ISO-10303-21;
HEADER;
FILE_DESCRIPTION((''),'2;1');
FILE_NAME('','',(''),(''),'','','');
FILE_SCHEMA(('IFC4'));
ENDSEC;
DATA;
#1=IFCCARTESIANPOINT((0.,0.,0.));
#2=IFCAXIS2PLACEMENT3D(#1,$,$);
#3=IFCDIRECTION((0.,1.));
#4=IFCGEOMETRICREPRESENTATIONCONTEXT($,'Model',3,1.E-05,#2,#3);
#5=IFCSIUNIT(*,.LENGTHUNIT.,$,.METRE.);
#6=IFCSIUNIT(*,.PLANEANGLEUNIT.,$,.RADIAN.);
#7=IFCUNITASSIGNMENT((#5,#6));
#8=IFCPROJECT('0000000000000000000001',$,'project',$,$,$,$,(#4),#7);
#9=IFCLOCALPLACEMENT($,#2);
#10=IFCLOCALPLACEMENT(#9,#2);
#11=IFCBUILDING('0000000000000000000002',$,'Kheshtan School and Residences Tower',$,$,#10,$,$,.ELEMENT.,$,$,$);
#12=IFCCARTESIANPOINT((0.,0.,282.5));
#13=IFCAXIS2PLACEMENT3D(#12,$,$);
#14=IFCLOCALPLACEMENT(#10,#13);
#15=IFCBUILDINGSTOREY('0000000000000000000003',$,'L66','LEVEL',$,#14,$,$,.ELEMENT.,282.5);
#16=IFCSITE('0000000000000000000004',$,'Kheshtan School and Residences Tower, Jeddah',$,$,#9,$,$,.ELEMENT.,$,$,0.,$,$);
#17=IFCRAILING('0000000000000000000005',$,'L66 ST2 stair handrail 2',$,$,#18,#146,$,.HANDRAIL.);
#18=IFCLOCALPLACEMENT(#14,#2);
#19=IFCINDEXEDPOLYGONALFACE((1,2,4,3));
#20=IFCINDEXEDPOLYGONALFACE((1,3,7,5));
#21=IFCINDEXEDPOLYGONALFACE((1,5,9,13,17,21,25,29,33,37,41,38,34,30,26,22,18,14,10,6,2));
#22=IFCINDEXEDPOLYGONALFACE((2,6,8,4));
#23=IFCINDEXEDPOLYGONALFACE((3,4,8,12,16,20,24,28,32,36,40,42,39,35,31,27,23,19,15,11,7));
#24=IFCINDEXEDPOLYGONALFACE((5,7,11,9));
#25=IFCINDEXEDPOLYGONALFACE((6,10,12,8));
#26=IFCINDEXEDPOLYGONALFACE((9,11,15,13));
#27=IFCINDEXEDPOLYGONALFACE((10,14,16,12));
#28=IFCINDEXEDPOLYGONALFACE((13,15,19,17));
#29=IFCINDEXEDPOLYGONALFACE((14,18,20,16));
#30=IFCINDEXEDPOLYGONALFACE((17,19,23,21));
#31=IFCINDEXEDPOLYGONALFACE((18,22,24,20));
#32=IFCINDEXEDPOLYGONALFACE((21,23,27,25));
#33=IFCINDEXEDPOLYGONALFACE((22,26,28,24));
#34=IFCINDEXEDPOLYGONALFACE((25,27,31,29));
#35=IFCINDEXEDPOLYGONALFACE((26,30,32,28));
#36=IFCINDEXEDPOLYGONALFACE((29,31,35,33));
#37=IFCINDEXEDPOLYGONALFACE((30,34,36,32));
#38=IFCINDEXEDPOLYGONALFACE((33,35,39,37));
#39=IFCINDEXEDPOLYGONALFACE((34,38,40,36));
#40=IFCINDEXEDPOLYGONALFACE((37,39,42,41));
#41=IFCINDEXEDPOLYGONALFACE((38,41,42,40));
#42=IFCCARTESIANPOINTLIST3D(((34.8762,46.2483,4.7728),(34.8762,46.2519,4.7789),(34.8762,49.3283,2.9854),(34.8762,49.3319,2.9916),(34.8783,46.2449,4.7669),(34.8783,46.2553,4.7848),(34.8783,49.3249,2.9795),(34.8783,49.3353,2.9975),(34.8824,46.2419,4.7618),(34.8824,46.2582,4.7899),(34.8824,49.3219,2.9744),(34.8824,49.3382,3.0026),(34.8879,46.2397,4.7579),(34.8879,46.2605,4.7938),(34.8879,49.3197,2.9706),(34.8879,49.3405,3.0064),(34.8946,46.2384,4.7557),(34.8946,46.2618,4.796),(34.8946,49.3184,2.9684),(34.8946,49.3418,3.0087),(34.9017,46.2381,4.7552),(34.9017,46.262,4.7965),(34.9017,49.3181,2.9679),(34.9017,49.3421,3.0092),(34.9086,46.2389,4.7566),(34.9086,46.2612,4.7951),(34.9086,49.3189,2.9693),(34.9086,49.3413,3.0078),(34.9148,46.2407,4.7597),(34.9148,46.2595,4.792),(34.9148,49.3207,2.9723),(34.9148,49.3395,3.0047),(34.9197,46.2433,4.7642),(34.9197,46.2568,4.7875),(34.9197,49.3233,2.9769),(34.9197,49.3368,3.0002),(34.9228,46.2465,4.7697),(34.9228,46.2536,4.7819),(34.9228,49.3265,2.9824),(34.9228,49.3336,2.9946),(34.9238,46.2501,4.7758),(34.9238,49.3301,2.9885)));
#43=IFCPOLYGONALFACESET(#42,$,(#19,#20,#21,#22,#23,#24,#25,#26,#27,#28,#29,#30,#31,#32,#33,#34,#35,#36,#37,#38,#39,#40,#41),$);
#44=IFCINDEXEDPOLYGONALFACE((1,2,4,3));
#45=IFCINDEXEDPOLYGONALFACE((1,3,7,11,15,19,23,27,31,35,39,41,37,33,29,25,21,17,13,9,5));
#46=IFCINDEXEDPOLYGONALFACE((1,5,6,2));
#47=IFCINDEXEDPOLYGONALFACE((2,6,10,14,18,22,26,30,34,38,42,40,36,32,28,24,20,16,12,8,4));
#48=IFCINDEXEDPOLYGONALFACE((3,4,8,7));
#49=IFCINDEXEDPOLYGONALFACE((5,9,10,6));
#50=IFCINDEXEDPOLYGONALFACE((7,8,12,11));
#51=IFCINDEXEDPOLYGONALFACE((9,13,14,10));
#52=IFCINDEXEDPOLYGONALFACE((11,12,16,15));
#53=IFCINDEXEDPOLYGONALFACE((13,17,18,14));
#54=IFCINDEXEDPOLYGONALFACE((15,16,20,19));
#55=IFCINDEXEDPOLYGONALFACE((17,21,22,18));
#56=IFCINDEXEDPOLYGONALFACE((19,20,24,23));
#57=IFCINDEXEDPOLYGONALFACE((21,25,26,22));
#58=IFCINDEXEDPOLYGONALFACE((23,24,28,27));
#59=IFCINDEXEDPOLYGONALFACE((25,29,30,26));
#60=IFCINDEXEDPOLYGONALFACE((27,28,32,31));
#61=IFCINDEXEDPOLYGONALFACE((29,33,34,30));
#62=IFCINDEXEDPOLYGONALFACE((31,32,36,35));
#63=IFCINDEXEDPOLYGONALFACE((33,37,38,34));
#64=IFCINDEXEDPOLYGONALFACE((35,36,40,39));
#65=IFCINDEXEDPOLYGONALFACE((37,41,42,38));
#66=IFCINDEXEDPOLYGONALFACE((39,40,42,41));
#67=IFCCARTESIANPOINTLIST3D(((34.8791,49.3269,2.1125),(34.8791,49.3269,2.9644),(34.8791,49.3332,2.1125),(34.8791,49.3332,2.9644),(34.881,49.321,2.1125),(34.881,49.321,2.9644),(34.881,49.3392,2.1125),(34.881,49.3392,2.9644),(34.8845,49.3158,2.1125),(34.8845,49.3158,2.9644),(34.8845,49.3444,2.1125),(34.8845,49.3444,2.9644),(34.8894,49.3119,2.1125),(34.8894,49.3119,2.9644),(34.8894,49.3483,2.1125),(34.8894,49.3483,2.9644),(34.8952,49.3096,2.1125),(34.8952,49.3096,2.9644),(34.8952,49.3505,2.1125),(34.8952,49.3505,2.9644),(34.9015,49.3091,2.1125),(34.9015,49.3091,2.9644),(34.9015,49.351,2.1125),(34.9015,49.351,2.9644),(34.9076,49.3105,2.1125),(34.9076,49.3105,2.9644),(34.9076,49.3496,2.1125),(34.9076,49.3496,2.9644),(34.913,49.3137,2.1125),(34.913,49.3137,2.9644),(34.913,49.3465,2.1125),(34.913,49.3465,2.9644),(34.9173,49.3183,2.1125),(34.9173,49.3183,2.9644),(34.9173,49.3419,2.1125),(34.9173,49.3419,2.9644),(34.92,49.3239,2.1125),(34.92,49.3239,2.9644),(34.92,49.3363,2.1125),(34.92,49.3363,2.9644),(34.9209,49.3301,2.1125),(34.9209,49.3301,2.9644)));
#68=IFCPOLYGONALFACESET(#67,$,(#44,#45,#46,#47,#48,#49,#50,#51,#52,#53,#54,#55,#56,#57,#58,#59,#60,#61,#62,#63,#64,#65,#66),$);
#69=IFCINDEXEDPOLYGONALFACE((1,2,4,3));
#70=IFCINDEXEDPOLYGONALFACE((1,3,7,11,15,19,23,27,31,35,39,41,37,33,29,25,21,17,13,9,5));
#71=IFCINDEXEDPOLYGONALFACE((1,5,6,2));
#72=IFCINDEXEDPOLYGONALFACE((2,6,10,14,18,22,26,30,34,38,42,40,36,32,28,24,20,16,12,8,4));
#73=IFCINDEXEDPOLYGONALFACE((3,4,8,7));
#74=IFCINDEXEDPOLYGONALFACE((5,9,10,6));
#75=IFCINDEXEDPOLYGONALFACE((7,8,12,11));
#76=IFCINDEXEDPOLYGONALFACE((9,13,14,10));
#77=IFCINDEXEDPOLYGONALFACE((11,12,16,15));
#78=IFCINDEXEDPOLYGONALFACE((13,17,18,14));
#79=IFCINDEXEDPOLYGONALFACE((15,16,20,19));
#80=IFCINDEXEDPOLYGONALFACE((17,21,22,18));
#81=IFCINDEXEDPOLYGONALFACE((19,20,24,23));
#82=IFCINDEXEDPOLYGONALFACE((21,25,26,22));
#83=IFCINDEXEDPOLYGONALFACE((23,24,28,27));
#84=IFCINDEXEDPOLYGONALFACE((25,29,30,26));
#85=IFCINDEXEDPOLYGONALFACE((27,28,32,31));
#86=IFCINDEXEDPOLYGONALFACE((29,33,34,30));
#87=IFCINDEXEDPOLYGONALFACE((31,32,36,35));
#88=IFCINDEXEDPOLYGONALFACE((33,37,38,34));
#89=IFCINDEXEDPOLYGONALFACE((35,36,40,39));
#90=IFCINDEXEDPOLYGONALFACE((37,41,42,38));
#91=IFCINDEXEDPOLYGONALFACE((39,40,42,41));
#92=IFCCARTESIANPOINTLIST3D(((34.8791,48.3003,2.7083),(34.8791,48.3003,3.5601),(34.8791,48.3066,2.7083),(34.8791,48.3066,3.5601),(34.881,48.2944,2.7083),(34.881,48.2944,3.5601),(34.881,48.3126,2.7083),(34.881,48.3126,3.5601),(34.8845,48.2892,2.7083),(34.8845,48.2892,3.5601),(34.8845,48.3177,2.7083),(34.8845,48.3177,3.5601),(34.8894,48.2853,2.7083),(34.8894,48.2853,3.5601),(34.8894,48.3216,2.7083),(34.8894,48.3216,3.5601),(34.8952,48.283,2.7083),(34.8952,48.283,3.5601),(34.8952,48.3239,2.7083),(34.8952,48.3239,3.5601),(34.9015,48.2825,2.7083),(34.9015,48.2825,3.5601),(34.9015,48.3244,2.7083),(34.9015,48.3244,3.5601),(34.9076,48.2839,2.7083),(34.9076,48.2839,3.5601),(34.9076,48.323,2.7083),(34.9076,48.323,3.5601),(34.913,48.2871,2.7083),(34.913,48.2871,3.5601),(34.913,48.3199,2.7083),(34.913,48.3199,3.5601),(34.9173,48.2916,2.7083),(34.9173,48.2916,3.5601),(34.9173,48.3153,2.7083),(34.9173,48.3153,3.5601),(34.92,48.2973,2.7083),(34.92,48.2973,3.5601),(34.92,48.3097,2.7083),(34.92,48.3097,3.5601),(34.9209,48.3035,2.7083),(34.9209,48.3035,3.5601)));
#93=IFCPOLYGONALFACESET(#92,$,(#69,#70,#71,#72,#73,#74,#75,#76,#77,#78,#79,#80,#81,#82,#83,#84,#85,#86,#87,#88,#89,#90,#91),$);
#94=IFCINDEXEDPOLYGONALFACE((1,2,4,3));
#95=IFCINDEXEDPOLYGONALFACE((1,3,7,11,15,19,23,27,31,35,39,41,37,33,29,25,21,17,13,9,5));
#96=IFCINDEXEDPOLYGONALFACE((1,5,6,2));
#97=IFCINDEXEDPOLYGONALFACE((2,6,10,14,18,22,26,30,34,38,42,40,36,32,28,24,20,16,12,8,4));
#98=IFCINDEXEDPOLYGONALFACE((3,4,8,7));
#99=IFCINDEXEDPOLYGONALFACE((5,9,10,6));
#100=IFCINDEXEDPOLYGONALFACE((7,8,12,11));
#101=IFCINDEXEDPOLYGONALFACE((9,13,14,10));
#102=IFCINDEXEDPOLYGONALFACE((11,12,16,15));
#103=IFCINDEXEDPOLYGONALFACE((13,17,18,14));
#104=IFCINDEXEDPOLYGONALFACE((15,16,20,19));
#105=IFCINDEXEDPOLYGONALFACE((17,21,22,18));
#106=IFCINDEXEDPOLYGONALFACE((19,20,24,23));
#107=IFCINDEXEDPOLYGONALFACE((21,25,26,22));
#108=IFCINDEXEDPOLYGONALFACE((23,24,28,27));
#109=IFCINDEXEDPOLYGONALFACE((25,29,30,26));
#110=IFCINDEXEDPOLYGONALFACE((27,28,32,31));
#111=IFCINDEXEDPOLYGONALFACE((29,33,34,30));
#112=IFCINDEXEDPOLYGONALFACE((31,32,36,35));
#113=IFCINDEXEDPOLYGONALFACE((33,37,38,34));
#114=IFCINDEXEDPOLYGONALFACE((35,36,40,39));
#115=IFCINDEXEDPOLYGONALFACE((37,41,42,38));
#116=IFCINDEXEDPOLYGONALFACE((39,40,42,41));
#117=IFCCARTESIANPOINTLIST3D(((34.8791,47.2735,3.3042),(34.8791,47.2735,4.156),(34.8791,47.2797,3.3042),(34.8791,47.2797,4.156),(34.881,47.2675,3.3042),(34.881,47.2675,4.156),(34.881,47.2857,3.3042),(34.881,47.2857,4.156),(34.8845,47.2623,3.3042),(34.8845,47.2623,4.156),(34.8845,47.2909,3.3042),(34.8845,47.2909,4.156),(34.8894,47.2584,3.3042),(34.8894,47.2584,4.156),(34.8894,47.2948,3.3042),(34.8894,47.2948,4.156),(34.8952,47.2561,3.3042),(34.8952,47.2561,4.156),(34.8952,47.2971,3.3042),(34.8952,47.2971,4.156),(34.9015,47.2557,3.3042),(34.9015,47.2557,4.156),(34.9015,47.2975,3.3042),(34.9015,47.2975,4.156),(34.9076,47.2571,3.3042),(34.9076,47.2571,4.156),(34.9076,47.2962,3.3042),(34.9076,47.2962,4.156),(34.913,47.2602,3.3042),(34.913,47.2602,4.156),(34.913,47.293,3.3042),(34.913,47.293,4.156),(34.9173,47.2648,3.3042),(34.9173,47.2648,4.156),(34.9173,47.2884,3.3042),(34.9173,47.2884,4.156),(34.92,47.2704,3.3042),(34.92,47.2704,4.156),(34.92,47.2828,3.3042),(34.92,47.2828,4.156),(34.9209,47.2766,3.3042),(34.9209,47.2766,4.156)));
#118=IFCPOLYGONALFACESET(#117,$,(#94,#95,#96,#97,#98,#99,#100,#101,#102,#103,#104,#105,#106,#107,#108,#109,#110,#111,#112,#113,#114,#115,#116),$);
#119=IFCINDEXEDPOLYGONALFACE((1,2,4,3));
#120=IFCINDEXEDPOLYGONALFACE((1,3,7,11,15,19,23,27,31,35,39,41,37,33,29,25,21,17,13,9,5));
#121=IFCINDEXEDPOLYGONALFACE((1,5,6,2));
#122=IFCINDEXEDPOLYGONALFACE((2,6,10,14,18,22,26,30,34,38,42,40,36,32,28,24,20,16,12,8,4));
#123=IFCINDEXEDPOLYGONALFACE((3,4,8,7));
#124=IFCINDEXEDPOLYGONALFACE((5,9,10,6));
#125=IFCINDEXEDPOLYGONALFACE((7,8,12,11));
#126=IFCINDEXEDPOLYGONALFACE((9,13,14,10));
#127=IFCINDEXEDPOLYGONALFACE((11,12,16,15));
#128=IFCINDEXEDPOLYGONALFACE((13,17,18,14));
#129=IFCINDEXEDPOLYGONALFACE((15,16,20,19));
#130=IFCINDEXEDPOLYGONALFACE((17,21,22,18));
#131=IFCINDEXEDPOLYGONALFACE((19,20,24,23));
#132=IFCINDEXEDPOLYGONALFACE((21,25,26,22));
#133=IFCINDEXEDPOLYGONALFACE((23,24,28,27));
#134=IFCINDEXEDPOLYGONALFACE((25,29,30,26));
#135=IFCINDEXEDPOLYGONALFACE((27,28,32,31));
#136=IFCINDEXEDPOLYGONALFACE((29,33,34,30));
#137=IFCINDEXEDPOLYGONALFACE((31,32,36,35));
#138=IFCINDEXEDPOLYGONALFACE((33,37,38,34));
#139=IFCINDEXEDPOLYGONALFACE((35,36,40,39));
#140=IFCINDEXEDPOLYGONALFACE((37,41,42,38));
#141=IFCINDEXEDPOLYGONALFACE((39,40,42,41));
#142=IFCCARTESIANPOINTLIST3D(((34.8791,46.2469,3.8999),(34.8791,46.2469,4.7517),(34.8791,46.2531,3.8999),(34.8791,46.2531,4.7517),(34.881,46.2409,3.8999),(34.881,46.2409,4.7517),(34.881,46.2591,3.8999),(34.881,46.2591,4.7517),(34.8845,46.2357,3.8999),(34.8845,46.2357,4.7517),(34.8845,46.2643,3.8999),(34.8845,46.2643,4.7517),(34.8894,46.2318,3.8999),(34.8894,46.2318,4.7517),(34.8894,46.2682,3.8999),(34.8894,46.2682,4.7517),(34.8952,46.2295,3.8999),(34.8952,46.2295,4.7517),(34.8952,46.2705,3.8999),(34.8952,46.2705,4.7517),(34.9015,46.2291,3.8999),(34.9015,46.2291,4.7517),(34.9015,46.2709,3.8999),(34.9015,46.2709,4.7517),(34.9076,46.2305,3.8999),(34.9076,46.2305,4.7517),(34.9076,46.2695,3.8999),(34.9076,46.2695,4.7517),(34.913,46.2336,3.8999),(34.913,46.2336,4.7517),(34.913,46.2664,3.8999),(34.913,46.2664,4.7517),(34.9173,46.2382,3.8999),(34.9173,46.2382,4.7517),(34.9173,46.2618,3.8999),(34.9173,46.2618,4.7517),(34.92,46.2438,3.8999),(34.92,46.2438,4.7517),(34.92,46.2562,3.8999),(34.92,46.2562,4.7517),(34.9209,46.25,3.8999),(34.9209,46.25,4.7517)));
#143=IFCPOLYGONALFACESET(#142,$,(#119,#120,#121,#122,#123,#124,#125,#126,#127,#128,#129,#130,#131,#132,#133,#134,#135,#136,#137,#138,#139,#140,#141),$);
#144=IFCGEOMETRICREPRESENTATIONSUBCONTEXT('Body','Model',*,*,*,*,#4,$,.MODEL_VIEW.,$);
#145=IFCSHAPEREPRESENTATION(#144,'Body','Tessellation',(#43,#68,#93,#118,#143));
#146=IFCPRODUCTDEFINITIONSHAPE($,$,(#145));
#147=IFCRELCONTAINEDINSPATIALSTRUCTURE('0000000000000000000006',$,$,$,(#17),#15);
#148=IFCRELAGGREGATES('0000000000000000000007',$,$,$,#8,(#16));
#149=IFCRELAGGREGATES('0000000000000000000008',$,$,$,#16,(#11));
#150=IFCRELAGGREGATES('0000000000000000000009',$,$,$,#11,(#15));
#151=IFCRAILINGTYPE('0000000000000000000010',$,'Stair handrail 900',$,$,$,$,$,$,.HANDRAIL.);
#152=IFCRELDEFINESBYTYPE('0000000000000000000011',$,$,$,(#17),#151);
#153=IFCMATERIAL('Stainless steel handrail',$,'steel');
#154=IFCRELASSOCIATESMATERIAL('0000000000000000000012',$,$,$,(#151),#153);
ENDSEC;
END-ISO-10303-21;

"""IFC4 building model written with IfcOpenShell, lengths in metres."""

from ifc_helpers import new_model, si_unit, direction, frame, origin, origin_2d, place, context, subcontext, project, spatial, circle, extrude, material, type_object, element, save


model = new_model("IFC4")

# Units and contexts
model_context = context("Model", 3, precision=1e-05, world=origin(), true_north=direction((0.0, 1.0)))
body_context = subcontext(model_context, "Body", "Model", "MODEL_VIEW")
ifc_project = project(units=[si_unit("LENGTHUNIT", "METRE"), si_unit("PLANEANGLEUNIT", "RADIAN")], contexts=[model_context])

# Site, building, storey
site_placement = place(None, origin())
site = spatial("IfcSite", under=ifc_project, at=site_placement, Name="Kheshtan School and Residences Tower, Jeddah", CompositionType="ELEMENT", RefElevation=0.0)
building_placement = place(site_placement, origin())
building = spatial("IfcBuilding", under=site, at=building_placement, Name="Kheshtan School and Residences Tower", CompositionType="ELEMENT")
storey_placement = place(building_placement, frame((0.0, 0.0, 282.5)))
storey = spatial("IfcBuildingStorey", under=building, at=storey_placement, Name="L66", Description="LEVEL", CompositionType="ELEMENT", Elevation=282.5)

# Railing
ifc_material_1 = material(Name="Stainless steel handrail", Category="steel")
railing_type = type_object("IfcRailingType", Name="Stair handrail 900", PredefinedType="HANDRAIL", material=ifc_material_1)
railing_placement = place(storey_placement, frame((34.8999, 49.3301, 2.1125)))
element("IfcRailing", 1, at=railing_placement, inside=storey, type_object=railing_type, Name="L66 ST2 stair handrail 2", PredefinedType="HANDRAIL", context=body_context, shape_type="SweptSolid", body=[
    extrude(circle(Radius=0.0239, at=origin_2d()), frame((0.0, 0.0, 0.876), z_axis=(0.0, -0.86492, 0.501909), x_axis=(1.0, 0.0, 0.0)), (0.0, 0.0, 1.0), 3.561),
    extrude(circle(Radius=0.021, at=origin_2d()), origin(), (0.0, 0.0, 1.0), 0.8518),
    extrude(circle(Radius=0.021, at=origin_2d()), frame((0.0, -1.0266, 0.5957)), (0.0, 0.0, 1.0), 0.8518),
    extrude(circle(Radius=0.021, at=origin_2d()), frame((0.0, -2.0535, 1.1917)), (0.0, 0.0, 1.0), 0.8518),
    extrude(circle(Radius=0.021, at=origin_2d()), frame((0.0, -3.0801, 1.7874)), (0.0, 0.0, 1.0), 0.8518),
])

save(model, "model.ifc")
